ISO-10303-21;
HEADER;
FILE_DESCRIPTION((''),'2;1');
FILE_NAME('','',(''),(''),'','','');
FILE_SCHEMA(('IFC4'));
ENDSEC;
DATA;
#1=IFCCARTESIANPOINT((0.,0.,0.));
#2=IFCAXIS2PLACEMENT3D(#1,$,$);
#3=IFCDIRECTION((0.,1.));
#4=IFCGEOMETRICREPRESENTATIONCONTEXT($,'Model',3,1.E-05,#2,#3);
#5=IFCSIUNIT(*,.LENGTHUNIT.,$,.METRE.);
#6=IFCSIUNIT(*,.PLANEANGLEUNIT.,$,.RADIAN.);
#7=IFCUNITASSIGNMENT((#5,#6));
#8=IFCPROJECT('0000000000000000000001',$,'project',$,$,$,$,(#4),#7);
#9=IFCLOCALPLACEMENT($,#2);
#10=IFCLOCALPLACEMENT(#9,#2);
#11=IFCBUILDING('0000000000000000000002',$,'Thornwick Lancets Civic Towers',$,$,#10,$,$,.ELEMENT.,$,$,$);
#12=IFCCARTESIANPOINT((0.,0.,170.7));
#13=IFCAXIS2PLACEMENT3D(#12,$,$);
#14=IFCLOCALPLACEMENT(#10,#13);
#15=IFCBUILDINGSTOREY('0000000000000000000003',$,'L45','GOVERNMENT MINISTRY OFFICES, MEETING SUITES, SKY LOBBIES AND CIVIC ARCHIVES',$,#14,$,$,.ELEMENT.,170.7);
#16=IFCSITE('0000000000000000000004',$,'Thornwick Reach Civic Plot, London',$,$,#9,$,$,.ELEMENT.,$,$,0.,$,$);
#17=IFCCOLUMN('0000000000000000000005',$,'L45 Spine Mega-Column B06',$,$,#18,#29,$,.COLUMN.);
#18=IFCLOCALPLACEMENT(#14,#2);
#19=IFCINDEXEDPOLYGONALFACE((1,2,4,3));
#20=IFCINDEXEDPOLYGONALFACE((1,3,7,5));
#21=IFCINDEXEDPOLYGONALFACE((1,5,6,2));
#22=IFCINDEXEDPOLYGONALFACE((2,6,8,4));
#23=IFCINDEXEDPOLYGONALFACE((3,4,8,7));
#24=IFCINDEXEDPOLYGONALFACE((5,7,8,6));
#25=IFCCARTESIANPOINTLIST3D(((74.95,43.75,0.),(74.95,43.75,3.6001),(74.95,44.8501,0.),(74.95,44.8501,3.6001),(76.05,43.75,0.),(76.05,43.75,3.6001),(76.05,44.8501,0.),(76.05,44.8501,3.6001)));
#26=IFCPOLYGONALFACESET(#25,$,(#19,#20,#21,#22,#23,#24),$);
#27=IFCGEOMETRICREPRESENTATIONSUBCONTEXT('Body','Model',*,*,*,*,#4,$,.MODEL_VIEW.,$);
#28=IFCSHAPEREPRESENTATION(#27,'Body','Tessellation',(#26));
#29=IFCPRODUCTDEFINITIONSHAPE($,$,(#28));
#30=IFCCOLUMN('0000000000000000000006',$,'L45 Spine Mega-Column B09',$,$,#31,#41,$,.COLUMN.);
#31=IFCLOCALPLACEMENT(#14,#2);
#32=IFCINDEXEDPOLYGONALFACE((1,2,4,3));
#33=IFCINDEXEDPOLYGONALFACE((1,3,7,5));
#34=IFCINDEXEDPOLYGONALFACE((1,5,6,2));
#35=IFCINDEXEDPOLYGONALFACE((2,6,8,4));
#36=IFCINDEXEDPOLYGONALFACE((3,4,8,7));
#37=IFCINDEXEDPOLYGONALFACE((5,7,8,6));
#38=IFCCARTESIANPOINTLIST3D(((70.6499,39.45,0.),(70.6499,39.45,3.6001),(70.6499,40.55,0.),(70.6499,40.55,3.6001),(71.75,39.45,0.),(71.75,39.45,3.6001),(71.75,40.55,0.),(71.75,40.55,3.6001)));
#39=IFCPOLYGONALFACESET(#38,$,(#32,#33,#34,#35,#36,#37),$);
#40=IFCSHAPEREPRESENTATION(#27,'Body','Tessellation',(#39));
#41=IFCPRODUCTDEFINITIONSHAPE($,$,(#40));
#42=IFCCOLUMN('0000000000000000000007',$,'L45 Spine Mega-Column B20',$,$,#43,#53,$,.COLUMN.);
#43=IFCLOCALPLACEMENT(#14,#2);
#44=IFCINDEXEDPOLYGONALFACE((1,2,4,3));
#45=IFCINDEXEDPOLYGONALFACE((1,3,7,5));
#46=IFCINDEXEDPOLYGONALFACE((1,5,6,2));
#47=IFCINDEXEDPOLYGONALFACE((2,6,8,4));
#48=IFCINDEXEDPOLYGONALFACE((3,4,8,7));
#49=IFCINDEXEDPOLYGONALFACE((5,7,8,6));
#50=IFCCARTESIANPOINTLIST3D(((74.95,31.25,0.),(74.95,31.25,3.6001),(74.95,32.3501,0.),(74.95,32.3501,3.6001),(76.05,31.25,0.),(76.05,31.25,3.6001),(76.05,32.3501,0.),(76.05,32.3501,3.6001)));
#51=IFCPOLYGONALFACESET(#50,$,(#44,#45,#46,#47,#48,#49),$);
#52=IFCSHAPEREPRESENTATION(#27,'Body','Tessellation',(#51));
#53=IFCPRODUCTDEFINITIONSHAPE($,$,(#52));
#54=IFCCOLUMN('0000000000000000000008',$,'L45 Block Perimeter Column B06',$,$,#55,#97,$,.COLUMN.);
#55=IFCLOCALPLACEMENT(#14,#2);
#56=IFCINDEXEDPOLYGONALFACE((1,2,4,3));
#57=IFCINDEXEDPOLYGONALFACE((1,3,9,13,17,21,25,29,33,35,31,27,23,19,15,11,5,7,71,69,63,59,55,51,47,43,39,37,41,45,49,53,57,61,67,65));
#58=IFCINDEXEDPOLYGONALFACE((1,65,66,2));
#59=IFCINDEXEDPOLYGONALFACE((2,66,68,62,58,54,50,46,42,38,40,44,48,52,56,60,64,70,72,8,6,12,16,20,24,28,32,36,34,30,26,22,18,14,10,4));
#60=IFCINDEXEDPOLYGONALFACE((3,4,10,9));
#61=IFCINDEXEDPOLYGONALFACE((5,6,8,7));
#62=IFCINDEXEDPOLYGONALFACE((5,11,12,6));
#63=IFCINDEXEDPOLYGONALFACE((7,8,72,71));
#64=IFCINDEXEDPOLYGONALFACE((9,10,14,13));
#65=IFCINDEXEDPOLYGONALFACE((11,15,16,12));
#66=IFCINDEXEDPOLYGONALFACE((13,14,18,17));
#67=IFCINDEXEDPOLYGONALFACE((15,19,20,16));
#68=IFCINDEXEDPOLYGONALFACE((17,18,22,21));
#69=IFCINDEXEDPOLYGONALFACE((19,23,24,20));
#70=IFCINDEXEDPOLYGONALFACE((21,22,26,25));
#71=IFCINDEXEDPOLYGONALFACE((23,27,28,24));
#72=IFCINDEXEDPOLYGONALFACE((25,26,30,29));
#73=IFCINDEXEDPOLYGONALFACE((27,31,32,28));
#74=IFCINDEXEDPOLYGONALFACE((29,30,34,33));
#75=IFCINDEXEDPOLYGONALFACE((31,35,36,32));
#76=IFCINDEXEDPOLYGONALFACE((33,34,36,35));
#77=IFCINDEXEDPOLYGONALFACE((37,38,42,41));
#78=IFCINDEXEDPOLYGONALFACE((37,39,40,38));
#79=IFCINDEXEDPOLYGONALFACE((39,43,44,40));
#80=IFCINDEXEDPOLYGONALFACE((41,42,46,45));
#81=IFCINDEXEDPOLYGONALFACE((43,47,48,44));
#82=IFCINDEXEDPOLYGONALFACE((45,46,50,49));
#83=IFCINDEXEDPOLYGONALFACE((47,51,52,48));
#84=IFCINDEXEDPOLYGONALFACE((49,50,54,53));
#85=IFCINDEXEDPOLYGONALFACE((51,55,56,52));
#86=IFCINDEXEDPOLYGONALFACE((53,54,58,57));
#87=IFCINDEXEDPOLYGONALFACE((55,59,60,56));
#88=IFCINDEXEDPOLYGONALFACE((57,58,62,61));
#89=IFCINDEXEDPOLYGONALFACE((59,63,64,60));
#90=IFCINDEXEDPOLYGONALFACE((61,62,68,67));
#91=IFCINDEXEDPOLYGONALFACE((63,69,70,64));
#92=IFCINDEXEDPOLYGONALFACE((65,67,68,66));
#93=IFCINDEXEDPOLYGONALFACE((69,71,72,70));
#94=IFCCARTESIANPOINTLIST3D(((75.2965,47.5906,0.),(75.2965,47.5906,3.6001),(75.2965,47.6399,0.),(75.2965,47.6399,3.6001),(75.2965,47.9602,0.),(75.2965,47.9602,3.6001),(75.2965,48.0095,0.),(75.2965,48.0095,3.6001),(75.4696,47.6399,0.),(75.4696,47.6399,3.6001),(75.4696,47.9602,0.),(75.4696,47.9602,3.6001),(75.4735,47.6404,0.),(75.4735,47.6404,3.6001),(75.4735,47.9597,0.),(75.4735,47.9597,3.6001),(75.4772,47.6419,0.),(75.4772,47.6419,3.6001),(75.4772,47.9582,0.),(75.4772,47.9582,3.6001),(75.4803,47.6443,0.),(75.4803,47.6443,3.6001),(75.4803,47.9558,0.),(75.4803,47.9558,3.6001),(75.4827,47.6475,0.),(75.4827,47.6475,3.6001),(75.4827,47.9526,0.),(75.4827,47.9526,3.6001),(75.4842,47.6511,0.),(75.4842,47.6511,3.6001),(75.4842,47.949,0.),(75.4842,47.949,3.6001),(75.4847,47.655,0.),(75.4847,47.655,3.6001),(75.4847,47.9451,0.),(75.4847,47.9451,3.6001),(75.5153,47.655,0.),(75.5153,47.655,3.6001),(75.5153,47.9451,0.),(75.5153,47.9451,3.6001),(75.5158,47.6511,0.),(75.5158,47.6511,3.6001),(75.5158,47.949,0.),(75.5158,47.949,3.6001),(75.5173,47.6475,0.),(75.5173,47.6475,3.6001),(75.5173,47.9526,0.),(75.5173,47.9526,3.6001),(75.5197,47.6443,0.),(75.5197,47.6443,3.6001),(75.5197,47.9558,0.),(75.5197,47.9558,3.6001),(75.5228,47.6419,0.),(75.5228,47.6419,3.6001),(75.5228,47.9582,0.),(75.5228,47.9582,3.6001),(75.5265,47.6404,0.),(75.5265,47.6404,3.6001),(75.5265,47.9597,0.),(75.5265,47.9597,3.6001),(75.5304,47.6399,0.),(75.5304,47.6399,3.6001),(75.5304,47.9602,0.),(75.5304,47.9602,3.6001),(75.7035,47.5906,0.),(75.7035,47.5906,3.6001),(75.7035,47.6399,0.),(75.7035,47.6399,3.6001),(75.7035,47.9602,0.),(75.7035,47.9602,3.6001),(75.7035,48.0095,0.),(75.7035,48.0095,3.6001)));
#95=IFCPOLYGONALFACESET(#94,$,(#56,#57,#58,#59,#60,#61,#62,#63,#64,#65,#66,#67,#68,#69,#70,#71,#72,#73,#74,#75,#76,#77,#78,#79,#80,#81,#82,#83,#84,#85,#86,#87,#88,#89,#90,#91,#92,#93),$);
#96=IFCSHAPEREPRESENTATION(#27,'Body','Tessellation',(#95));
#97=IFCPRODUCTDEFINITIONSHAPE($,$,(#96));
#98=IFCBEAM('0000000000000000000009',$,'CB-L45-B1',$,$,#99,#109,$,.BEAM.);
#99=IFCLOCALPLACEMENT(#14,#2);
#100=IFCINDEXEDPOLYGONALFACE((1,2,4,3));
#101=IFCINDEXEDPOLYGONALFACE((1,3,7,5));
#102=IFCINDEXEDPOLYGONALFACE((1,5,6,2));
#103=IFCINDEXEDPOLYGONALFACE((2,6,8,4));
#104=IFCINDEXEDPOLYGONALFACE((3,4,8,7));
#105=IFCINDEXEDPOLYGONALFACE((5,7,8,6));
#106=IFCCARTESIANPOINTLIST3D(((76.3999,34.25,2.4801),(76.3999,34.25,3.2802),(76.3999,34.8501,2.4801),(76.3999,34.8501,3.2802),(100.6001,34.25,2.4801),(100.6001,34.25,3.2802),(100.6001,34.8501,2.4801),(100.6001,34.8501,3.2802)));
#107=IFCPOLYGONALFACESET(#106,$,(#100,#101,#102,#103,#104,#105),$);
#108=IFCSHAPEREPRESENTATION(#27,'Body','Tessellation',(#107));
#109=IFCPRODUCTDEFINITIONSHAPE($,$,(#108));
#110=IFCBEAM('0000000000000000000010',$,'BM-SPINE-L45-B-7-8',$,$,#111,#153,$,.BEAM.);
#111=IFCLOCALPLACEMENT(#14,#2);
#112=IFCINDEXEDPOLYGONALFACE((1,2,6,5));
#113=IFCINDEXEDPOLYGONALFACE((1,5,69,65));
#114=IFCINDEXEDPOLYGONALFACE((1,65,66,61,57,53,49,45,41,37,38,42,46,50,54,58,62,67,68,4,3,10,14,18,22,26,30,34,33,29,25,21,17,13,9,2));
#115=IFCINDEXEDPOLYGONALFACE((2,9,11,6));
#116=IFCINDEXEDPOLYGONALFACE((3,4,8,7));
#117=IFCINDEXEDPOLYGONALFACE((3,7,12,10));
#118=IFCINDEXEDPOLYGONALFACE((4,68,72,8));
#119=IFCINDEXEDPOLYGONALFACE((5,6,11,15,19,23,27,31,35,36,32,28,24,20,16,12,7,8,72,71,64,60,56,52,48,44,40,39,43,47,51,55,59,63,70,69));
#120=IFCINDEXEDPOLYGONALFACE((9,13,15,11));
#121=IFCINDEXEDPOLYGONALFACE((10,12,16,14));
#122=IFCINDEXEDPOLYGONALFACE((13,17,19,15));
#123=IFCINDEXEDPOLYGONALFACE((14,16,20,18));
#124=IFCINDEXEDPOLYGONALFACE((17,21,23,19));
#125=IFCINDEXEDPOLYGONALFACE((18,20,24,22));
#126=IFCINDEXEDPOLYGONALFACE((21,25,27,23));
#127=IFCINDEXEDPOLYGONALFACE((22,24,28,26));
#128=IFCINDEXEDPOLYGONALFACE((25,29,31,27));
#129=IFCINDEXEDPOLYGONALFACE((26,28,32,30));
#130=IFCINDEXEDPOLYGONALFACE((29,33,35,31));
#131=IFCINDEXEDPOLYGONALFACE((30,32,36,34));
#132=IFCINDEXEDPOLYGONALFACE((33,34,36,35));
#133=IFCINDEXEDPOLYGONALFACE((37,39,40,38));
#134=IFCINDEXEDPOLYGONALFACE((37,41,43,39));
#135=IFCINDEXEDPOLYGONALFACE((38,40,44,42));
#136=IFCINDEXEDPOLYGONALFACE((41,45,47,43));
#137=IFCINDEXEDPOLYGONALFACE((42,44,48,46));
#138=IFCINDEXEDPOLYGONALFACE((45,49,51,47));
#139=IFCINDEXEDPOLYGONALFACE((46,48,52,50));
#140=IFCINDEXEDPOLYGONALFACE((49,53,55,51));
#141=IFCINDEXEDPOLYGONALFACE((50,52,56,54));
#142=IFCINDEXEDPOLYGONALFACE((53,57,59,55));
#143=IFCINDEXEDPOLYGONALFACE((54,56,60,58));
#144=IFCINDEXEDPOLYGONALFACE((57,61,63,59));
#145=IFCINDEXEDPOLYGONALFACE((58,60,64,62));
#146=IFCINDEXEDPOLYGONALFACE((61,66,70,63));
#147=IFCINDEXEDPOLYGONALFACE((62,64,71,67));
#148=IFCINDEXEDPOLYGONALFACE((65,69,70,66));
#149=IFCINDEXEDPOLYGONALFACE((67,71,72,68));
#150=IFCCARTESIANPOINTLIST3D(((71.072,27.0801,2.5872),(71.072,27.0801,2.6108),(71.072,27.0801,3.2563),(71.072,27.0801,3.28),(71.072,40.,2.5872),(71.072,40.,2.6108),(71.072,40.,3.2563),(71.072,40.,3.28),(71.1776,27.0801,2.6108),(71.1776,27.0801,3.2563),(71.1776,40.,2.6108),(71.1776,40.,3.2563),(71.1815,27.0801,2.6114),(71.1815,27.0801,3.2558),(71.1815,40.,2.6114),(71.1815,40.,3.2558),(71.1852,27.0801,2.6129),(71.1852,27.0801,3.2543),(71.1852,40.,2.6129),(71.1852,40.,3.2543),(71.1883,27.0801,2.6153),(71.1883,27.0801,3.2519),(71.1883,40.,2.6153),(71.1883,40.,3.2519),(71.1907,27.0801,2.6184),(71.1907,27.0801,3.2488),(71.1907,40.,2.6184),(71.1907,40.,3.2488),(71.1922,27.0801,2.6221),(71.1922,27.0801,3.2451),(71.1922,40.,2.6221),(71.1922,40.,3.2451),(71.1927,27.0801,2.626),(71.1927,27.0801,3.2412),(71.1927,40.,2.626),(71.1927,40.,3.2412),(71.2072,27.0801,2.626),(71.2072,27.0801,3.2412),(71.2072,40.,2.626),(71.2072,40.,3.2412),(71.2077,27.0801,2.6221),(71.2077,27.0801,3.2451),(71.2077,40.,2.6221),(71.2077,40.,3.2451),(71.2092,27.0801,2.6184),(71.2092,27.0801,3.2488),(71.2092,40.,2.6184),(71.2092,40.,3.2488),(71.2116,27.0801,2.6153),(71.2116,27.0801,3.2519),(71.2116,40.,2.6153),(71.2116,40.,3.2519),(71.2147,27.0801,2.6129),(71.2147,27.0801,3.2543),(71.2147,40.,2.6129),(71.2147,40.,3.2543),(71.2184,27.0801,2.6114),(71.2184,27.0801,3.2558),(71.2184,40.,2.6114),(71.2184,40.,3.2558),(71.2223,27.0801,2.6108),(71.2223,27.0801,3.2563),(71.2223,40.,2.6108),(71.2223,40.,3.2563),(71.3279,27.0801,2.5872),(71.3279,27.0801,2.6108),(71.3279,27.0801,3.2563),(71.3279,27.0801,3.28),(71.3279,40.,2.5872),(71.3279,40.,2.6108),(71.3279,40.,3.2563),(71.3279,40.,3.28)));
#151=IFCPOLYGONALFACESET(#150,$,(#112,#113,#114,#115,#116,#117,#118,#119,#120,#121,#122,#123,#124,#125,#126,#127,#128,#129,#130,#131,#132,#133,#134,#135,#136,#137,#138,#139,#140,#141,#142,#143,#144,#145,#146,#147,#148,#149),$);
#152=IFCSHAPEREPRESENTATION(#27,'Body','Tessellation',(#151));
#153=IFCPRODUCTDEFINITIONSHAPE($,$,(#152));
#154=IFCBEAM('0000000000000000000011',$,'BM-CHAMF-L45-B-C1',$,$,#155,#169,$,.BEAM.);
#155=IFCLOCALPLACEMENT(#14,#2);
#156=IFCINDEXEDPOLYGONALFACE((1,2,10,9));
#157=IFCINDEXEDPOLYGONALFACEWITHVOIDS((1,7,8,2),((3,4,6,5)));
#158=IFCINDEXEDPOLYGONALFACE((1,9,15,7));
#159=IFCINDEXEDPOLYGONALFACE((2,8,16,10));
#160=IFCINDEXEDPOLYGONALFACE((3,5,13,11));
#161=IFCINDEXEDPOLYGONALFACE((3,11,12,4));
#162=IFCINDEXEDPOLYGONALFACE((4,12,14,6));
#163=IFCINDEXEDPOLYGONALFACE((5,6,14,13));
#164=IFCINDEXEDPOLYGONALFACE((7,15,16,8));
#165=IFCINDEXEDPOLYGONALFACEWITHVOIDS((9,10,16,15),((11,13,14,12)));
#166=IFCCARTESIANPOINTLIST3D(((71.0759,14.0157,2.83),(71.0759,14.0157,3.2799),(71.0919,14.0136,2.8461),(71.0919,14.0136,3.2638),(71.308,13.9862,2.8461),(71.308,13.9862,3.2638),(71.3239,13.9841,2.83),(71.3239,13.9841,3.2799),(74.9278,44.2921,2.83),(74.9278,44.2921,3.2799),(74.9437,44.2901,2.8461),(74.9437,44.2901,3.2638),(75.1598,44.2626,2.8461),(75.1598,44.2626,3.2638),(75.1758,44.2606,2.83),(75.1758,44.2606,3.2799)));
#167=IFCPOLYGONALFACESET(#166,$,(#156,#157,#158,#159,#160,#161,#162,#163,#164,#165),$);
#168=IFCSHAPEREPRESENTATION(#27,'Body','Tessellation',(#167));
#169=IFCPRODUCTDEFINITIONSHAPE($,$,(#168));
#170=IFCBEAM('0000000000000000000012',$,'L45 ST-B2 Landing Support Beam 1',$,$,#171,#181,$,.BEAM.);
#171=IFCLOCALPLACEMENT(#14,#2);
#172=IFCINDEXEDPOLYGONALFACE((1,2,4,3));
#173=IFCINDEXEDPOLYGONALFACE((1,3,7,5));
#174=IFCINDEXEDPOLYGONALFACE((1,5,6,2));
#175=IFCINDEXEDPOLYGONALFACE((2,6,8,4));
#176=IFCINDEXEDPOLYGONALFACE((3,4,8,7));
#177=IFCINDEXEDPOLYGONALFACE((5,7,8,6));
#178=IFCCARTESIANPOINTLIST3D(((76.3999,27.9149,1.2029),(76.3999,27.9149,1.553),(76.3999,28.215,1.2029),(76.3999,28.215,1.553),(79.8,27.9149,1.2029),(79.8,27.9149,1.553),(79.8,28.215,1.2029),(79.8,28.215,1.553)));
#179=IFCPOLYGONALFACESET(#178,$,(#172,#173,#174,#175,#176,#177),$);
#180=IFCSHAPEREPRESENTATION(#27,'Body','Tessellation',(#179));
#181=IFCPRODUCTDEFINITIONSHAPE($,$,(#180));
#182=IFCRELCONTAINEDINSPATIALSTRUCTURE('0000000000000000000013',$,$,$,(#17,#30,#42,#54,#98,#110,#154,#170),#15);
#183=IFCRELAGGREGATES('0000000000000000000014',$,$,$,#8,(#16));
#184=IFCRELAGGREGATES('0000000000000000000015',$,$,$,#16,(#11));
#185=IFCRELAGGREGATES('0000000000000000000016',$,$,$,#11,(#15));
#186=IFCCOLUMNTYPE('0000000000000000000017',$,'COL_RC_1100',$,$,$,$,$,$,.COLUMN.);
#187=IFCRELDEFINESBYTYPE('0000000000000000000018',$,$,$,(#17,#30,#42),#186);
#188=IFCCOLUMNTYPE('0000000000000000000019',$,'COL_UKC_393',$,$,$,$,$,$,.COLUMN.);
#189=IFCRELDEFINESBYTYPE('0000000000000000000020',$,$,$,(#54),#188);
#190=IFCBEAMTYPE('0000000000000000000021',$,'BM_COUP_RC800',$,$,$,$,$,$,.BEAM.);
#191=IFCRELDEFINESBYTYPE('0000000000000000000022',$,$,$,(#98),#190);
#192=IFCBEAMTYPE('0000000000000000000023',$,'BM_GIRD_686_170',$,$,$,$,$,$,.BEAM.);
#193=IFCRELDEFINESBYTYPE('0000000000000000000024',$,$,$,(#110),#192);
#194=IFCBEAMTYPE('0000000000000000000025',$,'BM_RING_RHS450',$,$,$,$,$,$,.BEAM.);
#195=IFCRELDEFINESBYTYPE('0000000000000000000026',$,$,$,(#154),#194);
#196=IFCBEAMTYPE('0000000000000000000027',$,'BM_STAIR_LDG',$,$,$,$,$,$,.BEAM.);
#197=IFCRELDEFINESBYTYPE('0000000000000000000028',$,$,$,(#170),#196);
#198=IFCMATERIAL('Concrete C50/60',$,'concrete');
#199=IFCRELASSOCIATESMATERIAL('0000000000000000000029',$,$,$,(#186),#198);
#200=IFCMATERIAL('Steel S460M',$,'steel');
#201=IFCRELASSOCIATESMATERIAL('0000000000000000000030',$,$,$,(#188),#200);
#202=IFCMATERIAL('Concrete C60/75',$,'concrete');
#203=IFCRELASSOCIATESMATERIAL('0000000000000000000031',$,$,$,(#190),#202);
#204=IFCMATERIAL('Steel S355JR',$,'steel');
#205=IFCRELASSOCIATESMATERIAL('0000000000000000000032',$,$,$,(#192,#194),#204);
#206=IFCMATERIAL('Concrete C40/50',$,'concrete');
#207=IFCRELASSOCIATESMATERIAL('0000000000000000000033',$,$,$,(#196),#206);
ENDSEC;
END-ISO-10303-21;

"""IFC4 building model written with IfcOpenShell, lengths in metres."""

from ifc_helpers import new_model, si_unit, direction, frame, origin, origin_2d, place, context, subcontext, project, spatial, rectangle, hollow_rectangle, i_section, extrude, material, material_profile, profile_set, type_object, element, save


model = new_model("IFC4")

# Units and contexts
model_context = context("Model", 3, precision=1e-05, world=origin(), true_north=direction((0.0, 1.0)))
body_context = subcontext(model_context, "Body", "Model", "MODEL_VIEW")
ifc_project = project(units=[si_unit("LENGTHUNIT", "METRE"), si_unit("PLANEANGLEUNIT", "RADIAN")], contexts=[model_context])

# Site, building, storey
site_placement = place(None, origin())
site = spatial("IfcSite", under=ifc_project, at=site_placement, Name="Thornwick Reach Civic Plot, London", CompositionType="ELEMENT", RefElevation=0.0)
building_placement = place(site_placement, origin())
building = spatial("IfcBuilding", under=site, at=building_placement, Name="Thornwick Lancets Civic Towers", CompositionType="ELEMENT")
storey_placement = place(building_placement, frame((0.0, 0.0, 170.7)))
storey = spatial("IfcBuildingStorey", under=building, at=storey_placement, Name="L45", Description="GOVERNMENT MINISTRY OFFICES, MEETING SUITES, SKY LOBBIES AND CIVIC ARCHIVES", CompositionType="ELEMENT", Elevation=170.7)

# Columns
ifc_material_1 = material(Name="Concrete C50/60", Category="concrete")
ifc_material_profile_1 = material_profile(ifc_material_1, rectangle(XDim=1.1001, YDim=1.1001, at=origin_2d()), Name="RC 1100x1100")
ifc_profile_set_1 = profile_set([ifc_material_profile_1], Name="Concrete C50/60")
column_type_1 = type_object("IfcColumnType", Name="COL_RC_1100", PredefinedType="COLUMN", material=ifc_profile_set_1)
for number, where, z_axis, x_axis, name in (
    (1, (75.5, 44.3, 0.0), (0.0, 0.0, 1.0), (1.0, 0.0, 0.0), "L45 Spine Mega-Column B06"),
    (2, (71.2, 40.0, 0.0), (0.0, 0.0, 1.0), (1.0, 0.0, 0.0), "L45 Spine Mega-Column B09"),
    (3, (75.5, 31.8, 0.0), (0.0, 0.0, 1.0), (1.0, 0.0, 0.0), "L45 Spine Mega-Column B20"),
):
    element("IfcColumn", number, at=place(storey_placement, frame(where, z_axis=z_axis, x_axis=x_axis)), inside=storey, type_object=column_type_1, Name=name, PredefinedType="COLUMN", context=body_context, shape_type="SweptSolid", body=[
        extrude(rectangle(XDim=1.1001, YDim=1.1001, at=origin_2d()), origin(), (0.0, 0.0, 1.0), 3.6001),
    ])
ifc_material_2 = material(Name="Steel S460M", Category="steel")
ifc_material_profile_2 = material_profile(ifc_material_2, i_section(OverallWidth=0.407, OverallDepth=0.4189, WebThickness=0.0305, FlangeThickness=0.0493, FilletRadius=0.0151, at=origin_2d()), Name="UKC 356x406x393")
ifc_profile_set_2 = profile_set([ifc_material_profile_2], Name="Steel S460M")
column_type_2 = type_object("IfcColumnType", Name="COL_UKC_393", PredefinedType="COLUMN", material=ifc_profile_set_2)
column_placement = place(storey_placement, frame((75.5, 47.8, 0.0), z_axis=(0.0, 0.0, 1.0), x_axis=(1.0, 0.0, 0.0)))
element("IfcColumn", 4, at=column_placement, inside=storey, type_object=column_type_2, Name="L45 Block Perimeter Column B06", PredefinedType="COLUMN", context=body_context, shape_type="SweptSolid", body=[
    extrude(i_section(OverallWidth=0.407, OverallDepth=0.4189, WebThickness=0.0305, FlangeThickness=0.0493, FilletRadius=0.0151, at=origin_2d()), origin(), (0.0, 0.0, 1.0), 3.6001),
])

# Beams
ifc_material_3 = material(Name="Concrete C60/75", Category="concrete")
ifc_material_profile_3 = material_profile(ifc_material_3, rectangle(XDim=0.6001, YDim=0.8, at=origin_2d()), Name="RC 600x800")
ifc_profile_set_3 = profile_set([ifc_material_profile_3], Name="Concrete C60/75")
beam_type_1 = type_object("IfcBeamType", Name="BM_COUP_RC800", PredefinedType="BEAM", material=ifc_profile_set_3)
beam_1_placement = place(storey_placement, frame((76.3999, 34.55, 2.8801), z_axis=(1.0, 0.0, 0.0), x_axis=(0.0, 1.0, 0.0)))
element("IfcBeam", 5, at=beam_1_placement, inside=storey, type_object=beam_type_1, Name="CB-L45-B1", PredefinedType="BEAM", context=body_context, shape_type="SweptSolid", body=[
    extrude(rectangle(XDim=0.6001, YDim=0.8, at=origin_2d()), origin(), (0.0, 0.0, 1.0), 24.2002),
])
ifc_material_4 = material(Name="Steel S355JR", Category="steel")
ifc_material_profile_4 = material_profile(ifc_material_4, i_section(OverallWidth=0.2559, OverallDepth=0.6929, WebThickness=0.0144, FlangeThickness=0.0237, FilletRadius=0.0151, at=origin_2d()), Name="UKB 686x254x170")
ifc_profile_set_4 = profile_set([ifc_material_profile_4], Name="Steel S355JR")
beam_type_2 = type_object("IfcBeamType", Name="BM_GIRD_686_170", PredefinedType="BEAM", material=ifc_profile_set_4)
beam_2_placement = place(storey_placement, frame((71.2, 27.0801, 2.9336), z_axis=(0.0, 1.0, 0.0), x_axis=(-1.0, 0.0, 0.0)))
element("IfcBeam", 6, at=beam_2_placement, inside=storey, type_object=beam_type_2, Name="BM-SPINE-L45-B-7-8", PredefinedType="BEAM", context=body_context, shape_type="SweptSolid", body=[
    extrude(i_section(OverallWidth=0.2559, OverallDepth=0.6929, WebThickness=0.0144, FlangeThickness=0.0237, FilletRadius=0.0151, at=origin_2d()), origin(), (0.0, 0.0, 1.0), 12.9199),
])
ifc_material_profile_5 = material_profile(ifc_material_4, hollow_rectangle(XDim=0.25, YDim=0.45, WallThickness=0.0161, at=origin_2d()), Name="RHS 450x250x16")
ifc_profile_set_5 = profile_set([ifc_material_profile_5], Name="Steel S355JR")
beam_type_3 = type_object("IfcBeamType", Name="BM_RING_RHS450", PredefinedType="BEAM", material=ifc_profile_set_5)
beam_3_placement = place(storey_placement, frame((75.0518, 44.2764, 3.0549), z_axis=(-0.126204, -0.992004, 0.0), x_axis=(0.992004, -0.126204, 0.0)))
element("IfcBeam", 7, at=beam_3_placement, inside=storey, type_object=beam_type_3, Name="BM-CHAMF-L45-B-C1", PredefinedType="BEAM", context=body_context, shape_type="SweptSolid", body=[
    extrude(hollow_rectangle(XDim=0.25, YDim=0.45, WallThickness=0.0161, at=origin_2d()), origin(), (0.0, 0.0, 1.0), 30.5205),
])
ifc_material_5 = material(Name="Concrete C40/50", Category="concrete")
ifc_material_profile_6 = material_profile(ifc_material_5, rectangle(XDim=0.3, YDim=0.3501, at=origin_2d()), Name="RC 300x350")
ifc_profile_set_6 = profile_set([ifc_material_profile_6], Name="Concrete C40/50")
beam_type_4 = type_object("IfcBeamType", Name="BM_STAIR_LDG", PredefinedType="BEAM", material=ifc_profile_set_6)
beam_4_placement = place(storey_placement, frame((76.3999, 28.0649, 1.3779), z_axis=(1.0, 0.0, 0.0), x_axis=(0.0, 1.0, 0.0)))
element("IfcBeam", 8, at=beam_4_placement, inside=storey, type_object=beam_type_4, Name="L45 ST-B2 Landing Support Beam 1", PredefinedType="BEAM", context=body_context, shape_type="SweptSolid", body=[
    extrude(rectangle(XDim=0.3, YDim=0.3501, at=origin_2d()), origin(), (0.0, 0.0, 1.0), 3.4001),
])

save(model, "model.ifc")
